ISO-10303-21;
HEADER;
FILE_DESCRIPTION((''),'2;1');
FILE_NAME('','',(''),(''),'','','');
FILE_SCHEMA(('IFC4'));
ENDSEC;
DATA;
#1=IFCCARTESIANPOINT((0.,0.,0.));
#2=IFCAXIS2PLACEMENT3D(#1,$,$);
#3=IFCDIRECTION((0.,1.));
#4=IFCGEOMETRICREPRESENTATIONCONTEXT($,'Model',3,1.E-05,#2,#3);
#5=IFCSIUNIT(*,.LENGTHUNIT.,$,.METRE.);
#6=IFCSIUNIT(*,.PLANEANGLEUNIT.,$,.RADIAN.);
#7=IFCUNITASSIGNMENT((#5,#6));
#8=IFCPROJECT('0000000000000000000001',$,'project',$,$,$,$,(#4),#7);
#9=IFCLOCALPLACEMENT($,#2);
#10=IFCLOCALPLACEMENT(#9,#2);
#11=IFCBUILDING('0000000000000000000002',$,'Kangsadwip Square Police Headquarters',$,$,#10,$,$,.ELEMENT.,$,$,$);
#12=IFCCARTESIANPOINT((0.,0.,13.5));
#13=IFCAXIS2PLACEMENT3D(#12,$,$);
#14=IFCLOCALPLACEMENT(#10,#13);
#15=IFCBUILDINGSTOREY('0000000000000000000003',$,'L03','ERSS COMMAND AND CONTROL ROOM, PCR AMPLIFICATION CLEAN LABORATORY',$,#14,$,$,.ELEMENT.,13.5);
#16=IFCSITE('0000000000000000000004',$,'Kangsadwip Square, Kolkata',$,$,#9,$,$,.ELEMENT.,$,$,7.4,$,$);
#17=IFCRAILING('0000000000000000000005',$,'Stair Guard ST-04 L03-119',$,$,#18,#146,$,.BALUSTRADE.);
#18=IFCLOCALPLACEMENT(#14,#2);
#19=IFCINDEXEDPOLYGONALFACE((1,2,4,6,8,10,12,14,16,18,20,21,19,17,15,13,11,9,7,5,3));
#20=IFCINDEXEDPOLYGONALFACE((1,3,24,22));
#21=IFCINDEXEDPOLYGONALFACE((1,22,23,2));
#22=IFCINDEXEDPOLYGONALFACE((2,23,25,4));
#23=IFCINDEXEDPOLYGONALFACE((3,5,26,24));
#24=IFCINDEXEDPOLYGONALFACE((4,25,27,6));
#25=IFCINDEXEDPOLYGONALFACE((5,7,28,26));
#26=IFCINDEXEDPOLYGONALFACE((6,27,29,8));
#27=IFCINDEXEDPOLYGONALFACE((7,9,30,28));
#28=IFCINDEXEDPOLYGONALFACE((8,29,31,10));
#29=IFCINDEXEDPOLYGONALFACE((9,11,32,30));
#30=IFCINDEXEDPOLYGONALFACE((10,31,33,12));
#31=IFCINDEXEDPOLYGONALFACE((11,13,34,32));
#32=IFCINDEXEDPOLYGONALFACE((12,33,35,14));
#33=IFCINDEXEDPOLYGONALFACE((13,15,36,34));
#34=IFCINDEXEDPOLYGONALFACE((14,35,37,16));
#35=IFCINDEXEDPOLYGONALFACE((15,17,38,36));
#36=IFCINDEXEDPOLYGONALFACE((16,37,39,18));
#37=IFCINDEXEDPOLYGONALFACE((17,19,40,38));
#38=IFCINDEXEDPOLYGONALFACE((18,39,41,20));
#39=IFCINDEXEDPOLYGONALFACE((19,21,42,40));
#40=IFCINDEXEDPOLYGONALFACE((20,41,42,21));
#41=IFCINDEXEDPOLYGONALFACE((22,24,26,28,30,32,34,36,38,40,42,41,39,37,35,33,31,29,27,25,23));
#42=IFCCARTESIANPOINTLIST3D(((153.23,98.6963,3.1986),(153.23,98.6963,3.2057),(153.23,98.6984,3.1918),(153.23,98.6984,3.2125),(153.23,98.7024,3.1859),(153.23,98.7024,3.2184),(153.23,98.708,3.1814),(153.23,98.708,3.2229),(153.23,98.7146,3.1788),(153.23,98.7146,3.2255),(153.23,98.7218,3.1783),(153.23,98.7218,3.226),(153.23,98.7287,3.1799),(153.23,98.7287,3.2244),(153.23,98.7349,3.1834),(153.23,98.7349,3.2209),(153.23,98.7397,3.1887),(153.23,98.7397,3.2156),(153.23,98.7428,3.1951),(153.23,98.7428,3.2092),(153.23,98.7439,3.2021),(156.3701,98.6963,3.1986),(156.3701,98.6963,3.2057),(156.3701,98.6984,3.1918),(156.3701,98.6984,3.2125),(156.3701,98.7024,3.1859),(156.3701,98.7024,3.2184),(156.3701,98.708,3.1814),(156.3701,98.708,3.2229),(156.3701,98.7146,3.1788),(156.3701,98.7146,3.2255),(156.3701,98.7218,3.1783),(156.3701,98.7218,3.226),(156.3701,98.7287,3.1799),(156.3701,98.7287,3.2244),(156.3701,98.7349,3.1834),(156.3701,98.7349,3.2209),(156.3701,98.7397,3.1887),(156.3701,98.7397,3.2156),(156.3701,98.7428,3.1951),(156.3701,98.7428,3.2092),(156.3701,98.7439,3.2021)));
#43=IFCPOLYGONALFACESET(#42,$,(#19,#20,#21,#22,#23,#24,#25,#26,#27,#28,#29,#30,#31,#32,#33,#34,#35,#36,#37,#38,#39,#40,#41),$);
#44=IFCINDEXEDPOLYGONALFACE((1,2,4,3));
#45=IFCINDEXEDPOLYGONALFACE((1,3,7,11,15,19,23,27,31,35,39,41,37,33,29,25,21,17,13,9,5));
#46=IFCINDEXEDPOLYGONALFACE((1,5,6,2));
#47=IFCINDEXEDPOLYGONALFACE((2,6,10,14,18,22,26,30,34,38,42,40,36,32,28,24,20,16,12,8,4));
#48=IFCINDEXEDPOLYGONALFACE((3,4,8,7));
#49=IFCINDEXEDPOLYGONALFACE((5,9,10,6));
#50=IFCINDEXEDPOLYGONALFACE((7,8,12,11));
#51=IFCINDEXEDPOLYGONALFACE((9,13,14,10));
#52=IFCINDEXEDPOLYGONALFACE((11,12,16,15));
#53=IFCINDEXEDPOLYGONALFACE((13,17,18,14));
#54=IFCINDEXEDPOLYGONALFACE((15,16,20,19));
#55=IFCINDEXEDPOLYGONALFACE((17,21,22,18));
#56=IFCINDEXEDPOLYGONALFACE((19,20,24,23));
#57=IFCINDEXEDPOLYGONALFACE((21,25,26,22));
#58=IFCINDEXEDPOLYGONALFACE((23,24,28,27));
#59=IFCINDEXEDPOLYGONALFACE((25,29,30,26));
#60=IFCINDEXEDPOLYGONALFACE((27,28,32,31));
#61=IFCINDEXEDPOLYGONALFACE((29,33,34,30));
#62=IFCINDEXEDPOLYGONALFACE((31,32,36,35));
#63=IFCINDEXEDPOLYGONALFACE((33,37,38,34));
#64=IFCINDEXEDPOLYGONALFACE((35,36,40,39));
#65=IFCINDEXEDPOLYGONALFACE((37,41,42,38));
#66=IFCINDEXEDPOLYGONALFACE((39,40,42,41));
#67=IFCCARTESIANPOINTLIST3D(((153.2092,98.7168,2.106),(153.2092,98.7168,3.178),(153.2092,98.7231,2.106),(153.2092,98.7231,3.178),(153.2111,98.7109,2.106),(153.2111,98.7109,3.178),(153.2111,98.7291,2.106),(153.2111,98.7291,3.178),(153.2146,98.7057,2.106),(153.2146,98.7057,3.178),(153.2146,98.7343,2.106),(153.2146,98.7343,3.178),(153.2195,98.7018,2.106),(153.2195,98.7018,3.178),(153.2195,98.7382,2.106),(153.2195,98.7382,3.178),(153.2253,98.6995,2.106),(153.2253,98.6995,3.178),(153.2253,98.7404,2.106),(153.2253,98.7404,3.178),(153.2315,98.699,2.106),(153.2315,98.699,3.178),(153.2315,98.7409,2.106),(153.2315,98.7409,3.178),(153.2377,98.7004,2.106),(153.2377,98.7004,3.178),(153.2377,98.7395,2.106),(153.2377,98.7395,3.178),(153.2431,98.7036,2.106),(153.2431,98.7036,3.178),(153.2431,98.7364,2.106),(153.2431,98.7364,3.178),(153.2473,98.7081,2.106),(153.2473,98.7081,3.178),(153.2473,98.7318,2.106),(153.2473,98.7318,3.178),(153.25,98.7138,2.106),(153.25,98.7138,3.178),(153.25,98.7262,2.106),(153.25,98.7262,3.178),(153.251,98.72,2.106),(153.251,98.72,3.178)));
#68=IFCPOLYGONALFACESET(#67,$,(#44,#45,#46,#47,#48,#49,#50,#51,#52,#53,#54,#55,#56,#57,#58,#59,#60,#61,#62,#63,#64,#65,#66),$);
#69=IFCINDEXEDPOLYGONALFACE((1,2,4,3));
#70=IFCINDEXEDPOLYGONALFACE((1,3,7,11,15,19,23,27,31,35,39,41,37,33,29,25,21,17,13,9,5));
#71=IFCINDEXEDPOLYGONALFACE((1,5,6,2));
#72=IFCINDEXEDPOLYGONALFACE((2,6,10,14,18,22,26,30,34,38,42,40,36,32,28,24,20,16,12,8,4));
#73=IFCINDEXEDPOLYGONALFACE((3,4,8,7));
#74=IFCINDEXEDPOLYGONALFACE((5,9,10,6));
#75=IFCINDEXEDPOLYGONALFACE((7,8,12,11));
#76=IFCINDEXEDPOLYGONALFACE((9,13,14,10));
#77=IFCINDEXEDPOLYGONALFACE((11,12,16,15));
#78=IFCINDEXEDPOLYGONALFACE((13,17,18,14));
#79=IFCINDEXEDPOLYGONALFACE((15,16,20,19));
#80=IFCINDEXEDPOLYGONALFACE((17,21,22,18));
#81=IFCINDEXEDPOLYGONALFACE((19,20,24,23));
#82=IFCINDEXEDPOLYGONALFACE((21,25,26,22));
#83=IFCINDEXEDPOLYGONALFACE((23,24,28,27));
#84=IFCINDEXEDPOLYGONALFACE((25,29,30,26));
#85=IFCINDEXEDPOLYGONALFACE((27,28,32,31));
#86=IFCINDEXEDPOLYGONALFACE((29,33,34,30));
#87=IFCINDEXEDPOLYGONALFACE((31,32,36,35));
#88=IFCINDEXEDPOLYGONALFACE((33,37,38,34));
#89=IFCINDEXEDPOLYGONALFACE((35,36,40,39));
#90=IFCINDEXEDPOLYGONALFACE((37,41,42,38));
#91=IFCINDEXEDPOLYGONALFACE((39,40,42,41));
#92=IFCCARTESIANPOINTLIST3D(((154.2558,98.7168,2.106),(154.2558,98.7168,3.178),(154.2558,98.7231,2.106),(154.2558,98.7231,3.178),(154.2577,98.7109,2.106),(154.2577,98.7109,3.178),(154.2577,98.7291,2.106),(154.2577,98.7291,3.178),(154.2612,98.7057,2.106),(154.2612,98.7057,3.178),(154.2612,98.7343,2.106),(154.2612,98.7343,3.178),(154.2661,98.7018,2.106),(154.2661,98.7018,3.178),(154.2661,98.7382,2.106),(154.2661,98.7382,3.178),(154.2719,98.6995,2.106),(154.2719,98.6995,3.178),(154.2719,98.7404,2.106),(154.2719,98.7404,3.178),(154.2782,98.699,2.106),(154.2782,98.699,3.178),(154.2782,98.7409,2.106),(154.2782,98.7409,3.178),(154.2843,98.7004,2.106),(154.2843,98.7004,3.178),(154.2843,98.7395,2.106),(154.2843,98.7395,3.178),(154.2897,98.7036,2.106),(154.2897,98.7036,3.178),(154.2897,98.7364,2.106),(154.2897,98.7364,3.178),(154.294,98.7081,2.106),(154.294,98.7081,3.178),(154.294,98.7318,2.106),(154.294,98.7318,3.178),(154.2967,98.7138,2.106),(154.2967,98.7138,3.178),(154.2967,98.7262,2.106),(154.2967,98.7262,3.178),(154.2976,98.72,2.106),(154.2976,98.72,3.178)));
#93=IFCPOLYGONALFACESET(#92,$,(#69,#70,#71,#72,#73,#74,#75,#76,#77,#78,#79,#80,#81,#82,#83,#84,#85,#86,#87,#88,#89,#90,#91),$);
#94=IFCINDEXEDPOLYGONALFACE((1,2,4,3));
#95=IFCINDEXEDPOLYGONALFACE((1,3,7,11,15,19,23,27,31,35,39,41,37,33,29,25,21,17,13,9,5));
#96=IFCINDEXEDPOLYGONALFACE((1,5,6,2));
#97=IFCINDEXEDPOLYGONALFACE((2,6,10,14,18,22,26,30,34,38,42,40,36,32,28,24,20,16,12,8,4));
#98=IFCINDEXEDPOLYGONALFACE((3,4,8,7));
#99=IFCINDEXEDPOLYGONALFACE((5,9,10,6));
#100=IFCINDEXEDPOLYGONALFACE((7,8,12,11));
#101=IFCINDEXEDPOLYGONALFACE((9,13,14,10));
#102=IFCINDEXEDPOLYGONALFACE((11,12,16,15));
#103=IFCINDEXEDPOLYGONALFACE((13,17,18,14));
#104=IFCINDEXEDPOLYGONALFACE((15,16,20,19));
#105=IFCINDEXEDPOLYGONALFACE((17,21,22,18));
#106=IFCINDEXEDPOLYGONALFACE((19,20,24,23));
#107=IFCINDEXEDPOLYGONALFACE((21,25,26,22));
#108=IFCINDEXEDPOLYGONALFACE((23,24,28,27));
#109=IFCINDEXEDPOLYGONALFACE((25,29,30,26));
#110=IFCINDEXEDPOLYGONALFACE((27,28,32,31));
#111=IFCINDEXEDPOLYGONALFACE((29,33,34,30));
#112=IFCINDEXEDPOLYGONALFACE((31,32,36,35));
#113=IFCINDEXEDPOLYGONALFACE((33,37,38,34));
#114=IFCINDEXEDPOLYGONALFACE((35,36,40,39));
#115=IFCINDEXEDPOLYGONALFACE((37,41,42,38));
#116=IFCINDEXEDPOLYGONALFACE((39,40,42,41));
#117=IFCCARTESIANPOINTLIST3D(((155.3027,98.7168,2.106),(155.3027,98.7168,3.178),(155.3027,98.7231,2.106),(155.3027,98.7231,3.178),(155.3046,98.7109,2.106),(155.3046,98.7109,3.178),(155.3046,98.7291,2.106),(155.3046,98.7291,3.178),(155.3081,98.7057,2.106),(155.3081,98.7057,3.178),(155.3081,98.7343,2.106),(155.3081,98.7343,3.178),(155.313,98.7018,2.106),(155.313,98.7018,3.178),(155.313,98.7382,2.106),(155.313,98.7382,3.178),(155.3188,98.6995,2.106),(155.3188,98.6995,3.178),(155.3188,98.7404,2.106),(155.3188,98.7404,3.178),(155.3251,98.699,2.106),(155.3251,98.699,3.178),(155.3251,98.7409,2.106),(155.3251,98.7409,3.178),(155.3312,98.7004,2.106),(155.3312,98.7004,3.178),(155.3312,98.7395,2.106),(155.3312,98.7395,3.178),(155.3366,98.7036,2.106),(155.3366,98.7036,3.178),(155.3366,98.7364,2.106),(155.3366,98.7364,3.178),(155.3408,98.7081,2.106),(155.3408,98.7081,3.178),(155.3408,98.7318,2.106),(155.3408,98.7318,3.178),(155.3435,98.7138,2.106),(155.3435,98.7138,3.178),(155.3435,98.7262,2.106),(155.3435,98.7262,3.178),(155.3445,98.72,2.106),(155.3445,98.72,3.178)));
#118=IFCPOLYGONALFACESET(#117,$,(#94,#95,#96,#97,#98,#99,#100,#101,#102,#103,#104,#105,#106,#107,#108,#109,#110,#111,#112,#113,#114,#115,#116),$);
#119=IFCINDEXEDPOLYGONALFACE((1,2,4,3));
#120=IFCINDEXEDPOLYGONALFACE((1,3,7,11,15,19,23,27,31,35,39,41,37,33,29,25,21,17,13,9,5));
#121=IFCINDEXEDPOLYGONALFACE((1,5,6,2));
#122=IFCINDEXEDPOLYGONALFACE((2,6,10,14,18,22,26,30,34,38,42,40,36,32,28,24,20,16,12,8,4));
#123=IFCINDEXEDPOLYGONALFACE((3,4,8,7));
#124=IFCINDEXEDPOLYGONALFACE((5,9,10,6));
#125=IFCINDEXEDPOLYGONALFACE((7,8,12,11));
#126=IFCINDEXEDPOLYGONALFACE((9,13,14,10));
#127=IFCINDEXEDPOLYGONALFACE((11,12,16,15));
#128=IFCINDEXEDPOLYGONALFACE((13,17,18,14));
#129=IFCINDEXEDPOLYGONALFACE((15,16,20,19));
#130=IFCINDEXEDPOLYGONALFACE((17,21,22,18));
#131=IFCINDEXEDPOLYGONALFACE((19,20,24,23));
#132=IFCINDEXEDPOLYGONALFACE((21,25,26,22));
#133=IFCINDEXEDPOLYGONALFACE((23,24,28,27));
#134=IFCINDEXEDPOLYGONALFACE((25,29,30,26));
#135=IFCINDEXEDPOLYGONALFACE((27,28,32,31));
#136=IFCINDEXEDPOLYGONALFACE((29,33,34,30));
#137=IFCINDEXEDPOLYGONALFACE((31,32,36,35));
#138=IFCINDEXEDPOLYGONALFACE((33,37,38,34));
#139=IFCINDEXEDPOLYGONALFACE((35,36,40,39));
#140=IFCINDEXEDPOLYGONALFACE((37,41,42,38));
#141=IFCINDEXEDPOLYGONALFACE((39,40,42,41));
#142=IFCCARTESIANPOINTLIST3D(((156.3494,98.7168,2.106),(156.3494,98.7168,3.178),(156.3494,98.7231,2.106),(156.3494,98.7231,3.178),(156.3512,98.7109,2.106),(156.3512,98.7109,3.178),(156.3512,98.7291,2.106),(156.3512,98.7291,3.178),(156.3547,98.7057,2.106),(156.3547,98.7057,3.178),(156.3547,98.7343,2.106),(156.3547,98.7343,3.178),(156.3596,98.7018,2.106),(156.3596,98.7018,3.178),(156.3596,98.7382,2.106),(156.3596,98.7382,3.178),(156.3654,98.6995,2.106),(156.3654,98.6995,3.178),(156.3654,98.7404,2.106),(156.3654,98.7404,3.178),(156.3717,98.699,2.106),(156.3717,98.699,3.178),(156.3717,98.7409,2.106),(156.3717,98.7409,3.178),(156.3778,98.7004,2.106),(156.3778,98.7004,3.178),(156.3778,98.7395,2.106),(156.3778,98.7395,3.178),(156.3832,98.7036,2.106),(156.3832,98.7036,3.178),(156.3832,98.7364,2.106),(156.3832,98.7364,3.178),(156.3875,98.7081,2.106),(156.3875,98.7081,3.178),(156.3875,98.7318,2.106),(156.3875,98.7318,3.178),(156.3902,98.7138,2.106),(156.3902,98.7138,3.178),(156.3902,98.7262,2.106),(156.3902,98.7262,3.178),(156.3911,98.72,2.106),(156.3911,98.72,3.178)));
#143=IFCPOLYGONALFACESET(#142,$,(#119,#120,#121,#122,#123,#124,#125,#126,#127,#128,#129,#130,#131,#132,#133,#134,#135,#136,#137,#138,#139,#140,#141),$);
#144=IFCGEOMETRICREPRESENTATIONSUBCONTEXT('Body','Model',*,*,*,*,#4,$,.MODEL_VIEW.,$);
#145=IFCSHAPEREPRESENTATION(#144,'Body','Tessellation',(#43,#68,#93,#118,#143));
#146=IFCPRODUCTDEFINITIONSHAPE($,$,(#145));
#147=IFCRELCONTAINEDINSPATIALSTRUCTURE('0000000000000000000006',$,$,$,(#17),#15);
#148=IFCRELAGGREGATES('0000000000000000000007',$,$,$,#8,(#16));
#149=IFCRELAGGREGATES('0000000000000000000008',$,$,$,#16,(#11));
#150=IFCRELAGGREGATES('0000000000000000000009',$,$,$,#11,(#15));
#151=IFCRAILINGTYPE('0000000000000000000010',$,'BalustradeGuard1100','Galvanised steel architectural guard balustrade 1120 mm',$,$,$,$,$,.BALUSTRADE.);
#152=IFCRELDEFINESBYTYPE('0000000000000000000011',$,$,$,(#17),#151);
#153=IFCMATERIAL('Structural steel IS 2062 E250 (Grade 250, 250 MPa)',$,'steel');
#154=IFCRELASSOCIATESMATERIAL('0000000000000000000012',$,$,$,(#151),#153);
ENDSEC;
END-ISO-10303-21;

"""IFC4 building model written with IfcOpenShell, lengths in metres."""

from ifc_helpers import new_model, si_unit, direction, frame, origin, origin_2d, place, context, subcontext, project, spatial, circle, extrude, material, type_object, element, save


model = new_model("IFC4")

# Units and contexts
model_context = context("Model", 3, precision=1e-05, world=origin(), true_north=direction((0.0, 1.0)))
body_context = subcontext(model_context, "Body", "Model", "MODEL_VIEW")
ifc_project = project(units=[si_unit("LENGTHUNIT", "METRE"), si_unit("PLANEANGLEUNIT", "RADIAN")], contexts=[model_context])

# Site, building, storey
site_placement = place(None, origin())
site = spatial("IfcSite", under=ifc_project, at=site_placement, Name="Kangsadwip Square, Kolkata", CompositionType="ELEMENT", RefElevation=7.4)
building_placement = place(site_placement, origin())
building = spatial("IfcBuilding", under=site, at=building_placement, Name="Kangsadwip Square Police Headquarters", CompositionType="ELEMENT")
storey_placement = place(building_placement, frame((0.0, 0.0, 13.5)))
storey = spatial("IfcBuildingStorey", under=building, at=storey_placement, Name="L03", Description="ERSS COMMAND AND CONTROL ROOM, PCR AMPLIFICATION CLEAN LABORATORY", CompositionType="ELEMENT", Elevation=13.5)

# Railing
ifc_material_1 = material(Name="Structural steel IS 2062 E250 (Grade 250, 250 MPa)", Category="steel")
railing_type_1 = type_object("IfcRailingType", Name="BalustradeGuard1100", Description="Galvanised steel architectural guard balustrade 1120 mm", PredefinedType="BALUSTRADE", material=ifc_material_1)
for number, where, name in (
    (1, (153.23, 98.72, 2.106), "Stair Guard ST-04 L03-119"),
):
    element("IfcRailing", number, at=place(storey_placement, frame(where)), inside=storey, type_object=railing_type_1, Name=name, PredefinedType="BALUSTRADE", context=body_context, shape_type="SweptSolid", body=[
        extrude(circle(Radius=0.0239, at=origin_2d()), frame((0.0, 0.0, 1.0962), z_axis=(1.0, 0.0, 0.0), x_axis=(0.0, 1.0, 0.0)), (0.0, 0.0, 1.0), 3.1401),
        extrude(circle(Radius=0.021, at=origin_2d()), origin(), (0.0, 0.0, 1.0), 1.072),
        extrude(circle(Radius=0.021, at=origin_2d()), frame((1.0466, 0.0, 0.0)), (0.0, 0.0, 1.0), 1.072),
        extrude(circle(Radius=0.021, at=origin_2d()), frame((2.0935, 0.0, 0.0)), (0.0, 0.0, 1.0), 1.072),
        extrude(circle(Radius=0.021, at=origin_2d()), frame((3.1401, 0.0, 0.0)), (0.0, 0.0, 1.0), 1.072),
    ])

save(model, "model.ifc")
